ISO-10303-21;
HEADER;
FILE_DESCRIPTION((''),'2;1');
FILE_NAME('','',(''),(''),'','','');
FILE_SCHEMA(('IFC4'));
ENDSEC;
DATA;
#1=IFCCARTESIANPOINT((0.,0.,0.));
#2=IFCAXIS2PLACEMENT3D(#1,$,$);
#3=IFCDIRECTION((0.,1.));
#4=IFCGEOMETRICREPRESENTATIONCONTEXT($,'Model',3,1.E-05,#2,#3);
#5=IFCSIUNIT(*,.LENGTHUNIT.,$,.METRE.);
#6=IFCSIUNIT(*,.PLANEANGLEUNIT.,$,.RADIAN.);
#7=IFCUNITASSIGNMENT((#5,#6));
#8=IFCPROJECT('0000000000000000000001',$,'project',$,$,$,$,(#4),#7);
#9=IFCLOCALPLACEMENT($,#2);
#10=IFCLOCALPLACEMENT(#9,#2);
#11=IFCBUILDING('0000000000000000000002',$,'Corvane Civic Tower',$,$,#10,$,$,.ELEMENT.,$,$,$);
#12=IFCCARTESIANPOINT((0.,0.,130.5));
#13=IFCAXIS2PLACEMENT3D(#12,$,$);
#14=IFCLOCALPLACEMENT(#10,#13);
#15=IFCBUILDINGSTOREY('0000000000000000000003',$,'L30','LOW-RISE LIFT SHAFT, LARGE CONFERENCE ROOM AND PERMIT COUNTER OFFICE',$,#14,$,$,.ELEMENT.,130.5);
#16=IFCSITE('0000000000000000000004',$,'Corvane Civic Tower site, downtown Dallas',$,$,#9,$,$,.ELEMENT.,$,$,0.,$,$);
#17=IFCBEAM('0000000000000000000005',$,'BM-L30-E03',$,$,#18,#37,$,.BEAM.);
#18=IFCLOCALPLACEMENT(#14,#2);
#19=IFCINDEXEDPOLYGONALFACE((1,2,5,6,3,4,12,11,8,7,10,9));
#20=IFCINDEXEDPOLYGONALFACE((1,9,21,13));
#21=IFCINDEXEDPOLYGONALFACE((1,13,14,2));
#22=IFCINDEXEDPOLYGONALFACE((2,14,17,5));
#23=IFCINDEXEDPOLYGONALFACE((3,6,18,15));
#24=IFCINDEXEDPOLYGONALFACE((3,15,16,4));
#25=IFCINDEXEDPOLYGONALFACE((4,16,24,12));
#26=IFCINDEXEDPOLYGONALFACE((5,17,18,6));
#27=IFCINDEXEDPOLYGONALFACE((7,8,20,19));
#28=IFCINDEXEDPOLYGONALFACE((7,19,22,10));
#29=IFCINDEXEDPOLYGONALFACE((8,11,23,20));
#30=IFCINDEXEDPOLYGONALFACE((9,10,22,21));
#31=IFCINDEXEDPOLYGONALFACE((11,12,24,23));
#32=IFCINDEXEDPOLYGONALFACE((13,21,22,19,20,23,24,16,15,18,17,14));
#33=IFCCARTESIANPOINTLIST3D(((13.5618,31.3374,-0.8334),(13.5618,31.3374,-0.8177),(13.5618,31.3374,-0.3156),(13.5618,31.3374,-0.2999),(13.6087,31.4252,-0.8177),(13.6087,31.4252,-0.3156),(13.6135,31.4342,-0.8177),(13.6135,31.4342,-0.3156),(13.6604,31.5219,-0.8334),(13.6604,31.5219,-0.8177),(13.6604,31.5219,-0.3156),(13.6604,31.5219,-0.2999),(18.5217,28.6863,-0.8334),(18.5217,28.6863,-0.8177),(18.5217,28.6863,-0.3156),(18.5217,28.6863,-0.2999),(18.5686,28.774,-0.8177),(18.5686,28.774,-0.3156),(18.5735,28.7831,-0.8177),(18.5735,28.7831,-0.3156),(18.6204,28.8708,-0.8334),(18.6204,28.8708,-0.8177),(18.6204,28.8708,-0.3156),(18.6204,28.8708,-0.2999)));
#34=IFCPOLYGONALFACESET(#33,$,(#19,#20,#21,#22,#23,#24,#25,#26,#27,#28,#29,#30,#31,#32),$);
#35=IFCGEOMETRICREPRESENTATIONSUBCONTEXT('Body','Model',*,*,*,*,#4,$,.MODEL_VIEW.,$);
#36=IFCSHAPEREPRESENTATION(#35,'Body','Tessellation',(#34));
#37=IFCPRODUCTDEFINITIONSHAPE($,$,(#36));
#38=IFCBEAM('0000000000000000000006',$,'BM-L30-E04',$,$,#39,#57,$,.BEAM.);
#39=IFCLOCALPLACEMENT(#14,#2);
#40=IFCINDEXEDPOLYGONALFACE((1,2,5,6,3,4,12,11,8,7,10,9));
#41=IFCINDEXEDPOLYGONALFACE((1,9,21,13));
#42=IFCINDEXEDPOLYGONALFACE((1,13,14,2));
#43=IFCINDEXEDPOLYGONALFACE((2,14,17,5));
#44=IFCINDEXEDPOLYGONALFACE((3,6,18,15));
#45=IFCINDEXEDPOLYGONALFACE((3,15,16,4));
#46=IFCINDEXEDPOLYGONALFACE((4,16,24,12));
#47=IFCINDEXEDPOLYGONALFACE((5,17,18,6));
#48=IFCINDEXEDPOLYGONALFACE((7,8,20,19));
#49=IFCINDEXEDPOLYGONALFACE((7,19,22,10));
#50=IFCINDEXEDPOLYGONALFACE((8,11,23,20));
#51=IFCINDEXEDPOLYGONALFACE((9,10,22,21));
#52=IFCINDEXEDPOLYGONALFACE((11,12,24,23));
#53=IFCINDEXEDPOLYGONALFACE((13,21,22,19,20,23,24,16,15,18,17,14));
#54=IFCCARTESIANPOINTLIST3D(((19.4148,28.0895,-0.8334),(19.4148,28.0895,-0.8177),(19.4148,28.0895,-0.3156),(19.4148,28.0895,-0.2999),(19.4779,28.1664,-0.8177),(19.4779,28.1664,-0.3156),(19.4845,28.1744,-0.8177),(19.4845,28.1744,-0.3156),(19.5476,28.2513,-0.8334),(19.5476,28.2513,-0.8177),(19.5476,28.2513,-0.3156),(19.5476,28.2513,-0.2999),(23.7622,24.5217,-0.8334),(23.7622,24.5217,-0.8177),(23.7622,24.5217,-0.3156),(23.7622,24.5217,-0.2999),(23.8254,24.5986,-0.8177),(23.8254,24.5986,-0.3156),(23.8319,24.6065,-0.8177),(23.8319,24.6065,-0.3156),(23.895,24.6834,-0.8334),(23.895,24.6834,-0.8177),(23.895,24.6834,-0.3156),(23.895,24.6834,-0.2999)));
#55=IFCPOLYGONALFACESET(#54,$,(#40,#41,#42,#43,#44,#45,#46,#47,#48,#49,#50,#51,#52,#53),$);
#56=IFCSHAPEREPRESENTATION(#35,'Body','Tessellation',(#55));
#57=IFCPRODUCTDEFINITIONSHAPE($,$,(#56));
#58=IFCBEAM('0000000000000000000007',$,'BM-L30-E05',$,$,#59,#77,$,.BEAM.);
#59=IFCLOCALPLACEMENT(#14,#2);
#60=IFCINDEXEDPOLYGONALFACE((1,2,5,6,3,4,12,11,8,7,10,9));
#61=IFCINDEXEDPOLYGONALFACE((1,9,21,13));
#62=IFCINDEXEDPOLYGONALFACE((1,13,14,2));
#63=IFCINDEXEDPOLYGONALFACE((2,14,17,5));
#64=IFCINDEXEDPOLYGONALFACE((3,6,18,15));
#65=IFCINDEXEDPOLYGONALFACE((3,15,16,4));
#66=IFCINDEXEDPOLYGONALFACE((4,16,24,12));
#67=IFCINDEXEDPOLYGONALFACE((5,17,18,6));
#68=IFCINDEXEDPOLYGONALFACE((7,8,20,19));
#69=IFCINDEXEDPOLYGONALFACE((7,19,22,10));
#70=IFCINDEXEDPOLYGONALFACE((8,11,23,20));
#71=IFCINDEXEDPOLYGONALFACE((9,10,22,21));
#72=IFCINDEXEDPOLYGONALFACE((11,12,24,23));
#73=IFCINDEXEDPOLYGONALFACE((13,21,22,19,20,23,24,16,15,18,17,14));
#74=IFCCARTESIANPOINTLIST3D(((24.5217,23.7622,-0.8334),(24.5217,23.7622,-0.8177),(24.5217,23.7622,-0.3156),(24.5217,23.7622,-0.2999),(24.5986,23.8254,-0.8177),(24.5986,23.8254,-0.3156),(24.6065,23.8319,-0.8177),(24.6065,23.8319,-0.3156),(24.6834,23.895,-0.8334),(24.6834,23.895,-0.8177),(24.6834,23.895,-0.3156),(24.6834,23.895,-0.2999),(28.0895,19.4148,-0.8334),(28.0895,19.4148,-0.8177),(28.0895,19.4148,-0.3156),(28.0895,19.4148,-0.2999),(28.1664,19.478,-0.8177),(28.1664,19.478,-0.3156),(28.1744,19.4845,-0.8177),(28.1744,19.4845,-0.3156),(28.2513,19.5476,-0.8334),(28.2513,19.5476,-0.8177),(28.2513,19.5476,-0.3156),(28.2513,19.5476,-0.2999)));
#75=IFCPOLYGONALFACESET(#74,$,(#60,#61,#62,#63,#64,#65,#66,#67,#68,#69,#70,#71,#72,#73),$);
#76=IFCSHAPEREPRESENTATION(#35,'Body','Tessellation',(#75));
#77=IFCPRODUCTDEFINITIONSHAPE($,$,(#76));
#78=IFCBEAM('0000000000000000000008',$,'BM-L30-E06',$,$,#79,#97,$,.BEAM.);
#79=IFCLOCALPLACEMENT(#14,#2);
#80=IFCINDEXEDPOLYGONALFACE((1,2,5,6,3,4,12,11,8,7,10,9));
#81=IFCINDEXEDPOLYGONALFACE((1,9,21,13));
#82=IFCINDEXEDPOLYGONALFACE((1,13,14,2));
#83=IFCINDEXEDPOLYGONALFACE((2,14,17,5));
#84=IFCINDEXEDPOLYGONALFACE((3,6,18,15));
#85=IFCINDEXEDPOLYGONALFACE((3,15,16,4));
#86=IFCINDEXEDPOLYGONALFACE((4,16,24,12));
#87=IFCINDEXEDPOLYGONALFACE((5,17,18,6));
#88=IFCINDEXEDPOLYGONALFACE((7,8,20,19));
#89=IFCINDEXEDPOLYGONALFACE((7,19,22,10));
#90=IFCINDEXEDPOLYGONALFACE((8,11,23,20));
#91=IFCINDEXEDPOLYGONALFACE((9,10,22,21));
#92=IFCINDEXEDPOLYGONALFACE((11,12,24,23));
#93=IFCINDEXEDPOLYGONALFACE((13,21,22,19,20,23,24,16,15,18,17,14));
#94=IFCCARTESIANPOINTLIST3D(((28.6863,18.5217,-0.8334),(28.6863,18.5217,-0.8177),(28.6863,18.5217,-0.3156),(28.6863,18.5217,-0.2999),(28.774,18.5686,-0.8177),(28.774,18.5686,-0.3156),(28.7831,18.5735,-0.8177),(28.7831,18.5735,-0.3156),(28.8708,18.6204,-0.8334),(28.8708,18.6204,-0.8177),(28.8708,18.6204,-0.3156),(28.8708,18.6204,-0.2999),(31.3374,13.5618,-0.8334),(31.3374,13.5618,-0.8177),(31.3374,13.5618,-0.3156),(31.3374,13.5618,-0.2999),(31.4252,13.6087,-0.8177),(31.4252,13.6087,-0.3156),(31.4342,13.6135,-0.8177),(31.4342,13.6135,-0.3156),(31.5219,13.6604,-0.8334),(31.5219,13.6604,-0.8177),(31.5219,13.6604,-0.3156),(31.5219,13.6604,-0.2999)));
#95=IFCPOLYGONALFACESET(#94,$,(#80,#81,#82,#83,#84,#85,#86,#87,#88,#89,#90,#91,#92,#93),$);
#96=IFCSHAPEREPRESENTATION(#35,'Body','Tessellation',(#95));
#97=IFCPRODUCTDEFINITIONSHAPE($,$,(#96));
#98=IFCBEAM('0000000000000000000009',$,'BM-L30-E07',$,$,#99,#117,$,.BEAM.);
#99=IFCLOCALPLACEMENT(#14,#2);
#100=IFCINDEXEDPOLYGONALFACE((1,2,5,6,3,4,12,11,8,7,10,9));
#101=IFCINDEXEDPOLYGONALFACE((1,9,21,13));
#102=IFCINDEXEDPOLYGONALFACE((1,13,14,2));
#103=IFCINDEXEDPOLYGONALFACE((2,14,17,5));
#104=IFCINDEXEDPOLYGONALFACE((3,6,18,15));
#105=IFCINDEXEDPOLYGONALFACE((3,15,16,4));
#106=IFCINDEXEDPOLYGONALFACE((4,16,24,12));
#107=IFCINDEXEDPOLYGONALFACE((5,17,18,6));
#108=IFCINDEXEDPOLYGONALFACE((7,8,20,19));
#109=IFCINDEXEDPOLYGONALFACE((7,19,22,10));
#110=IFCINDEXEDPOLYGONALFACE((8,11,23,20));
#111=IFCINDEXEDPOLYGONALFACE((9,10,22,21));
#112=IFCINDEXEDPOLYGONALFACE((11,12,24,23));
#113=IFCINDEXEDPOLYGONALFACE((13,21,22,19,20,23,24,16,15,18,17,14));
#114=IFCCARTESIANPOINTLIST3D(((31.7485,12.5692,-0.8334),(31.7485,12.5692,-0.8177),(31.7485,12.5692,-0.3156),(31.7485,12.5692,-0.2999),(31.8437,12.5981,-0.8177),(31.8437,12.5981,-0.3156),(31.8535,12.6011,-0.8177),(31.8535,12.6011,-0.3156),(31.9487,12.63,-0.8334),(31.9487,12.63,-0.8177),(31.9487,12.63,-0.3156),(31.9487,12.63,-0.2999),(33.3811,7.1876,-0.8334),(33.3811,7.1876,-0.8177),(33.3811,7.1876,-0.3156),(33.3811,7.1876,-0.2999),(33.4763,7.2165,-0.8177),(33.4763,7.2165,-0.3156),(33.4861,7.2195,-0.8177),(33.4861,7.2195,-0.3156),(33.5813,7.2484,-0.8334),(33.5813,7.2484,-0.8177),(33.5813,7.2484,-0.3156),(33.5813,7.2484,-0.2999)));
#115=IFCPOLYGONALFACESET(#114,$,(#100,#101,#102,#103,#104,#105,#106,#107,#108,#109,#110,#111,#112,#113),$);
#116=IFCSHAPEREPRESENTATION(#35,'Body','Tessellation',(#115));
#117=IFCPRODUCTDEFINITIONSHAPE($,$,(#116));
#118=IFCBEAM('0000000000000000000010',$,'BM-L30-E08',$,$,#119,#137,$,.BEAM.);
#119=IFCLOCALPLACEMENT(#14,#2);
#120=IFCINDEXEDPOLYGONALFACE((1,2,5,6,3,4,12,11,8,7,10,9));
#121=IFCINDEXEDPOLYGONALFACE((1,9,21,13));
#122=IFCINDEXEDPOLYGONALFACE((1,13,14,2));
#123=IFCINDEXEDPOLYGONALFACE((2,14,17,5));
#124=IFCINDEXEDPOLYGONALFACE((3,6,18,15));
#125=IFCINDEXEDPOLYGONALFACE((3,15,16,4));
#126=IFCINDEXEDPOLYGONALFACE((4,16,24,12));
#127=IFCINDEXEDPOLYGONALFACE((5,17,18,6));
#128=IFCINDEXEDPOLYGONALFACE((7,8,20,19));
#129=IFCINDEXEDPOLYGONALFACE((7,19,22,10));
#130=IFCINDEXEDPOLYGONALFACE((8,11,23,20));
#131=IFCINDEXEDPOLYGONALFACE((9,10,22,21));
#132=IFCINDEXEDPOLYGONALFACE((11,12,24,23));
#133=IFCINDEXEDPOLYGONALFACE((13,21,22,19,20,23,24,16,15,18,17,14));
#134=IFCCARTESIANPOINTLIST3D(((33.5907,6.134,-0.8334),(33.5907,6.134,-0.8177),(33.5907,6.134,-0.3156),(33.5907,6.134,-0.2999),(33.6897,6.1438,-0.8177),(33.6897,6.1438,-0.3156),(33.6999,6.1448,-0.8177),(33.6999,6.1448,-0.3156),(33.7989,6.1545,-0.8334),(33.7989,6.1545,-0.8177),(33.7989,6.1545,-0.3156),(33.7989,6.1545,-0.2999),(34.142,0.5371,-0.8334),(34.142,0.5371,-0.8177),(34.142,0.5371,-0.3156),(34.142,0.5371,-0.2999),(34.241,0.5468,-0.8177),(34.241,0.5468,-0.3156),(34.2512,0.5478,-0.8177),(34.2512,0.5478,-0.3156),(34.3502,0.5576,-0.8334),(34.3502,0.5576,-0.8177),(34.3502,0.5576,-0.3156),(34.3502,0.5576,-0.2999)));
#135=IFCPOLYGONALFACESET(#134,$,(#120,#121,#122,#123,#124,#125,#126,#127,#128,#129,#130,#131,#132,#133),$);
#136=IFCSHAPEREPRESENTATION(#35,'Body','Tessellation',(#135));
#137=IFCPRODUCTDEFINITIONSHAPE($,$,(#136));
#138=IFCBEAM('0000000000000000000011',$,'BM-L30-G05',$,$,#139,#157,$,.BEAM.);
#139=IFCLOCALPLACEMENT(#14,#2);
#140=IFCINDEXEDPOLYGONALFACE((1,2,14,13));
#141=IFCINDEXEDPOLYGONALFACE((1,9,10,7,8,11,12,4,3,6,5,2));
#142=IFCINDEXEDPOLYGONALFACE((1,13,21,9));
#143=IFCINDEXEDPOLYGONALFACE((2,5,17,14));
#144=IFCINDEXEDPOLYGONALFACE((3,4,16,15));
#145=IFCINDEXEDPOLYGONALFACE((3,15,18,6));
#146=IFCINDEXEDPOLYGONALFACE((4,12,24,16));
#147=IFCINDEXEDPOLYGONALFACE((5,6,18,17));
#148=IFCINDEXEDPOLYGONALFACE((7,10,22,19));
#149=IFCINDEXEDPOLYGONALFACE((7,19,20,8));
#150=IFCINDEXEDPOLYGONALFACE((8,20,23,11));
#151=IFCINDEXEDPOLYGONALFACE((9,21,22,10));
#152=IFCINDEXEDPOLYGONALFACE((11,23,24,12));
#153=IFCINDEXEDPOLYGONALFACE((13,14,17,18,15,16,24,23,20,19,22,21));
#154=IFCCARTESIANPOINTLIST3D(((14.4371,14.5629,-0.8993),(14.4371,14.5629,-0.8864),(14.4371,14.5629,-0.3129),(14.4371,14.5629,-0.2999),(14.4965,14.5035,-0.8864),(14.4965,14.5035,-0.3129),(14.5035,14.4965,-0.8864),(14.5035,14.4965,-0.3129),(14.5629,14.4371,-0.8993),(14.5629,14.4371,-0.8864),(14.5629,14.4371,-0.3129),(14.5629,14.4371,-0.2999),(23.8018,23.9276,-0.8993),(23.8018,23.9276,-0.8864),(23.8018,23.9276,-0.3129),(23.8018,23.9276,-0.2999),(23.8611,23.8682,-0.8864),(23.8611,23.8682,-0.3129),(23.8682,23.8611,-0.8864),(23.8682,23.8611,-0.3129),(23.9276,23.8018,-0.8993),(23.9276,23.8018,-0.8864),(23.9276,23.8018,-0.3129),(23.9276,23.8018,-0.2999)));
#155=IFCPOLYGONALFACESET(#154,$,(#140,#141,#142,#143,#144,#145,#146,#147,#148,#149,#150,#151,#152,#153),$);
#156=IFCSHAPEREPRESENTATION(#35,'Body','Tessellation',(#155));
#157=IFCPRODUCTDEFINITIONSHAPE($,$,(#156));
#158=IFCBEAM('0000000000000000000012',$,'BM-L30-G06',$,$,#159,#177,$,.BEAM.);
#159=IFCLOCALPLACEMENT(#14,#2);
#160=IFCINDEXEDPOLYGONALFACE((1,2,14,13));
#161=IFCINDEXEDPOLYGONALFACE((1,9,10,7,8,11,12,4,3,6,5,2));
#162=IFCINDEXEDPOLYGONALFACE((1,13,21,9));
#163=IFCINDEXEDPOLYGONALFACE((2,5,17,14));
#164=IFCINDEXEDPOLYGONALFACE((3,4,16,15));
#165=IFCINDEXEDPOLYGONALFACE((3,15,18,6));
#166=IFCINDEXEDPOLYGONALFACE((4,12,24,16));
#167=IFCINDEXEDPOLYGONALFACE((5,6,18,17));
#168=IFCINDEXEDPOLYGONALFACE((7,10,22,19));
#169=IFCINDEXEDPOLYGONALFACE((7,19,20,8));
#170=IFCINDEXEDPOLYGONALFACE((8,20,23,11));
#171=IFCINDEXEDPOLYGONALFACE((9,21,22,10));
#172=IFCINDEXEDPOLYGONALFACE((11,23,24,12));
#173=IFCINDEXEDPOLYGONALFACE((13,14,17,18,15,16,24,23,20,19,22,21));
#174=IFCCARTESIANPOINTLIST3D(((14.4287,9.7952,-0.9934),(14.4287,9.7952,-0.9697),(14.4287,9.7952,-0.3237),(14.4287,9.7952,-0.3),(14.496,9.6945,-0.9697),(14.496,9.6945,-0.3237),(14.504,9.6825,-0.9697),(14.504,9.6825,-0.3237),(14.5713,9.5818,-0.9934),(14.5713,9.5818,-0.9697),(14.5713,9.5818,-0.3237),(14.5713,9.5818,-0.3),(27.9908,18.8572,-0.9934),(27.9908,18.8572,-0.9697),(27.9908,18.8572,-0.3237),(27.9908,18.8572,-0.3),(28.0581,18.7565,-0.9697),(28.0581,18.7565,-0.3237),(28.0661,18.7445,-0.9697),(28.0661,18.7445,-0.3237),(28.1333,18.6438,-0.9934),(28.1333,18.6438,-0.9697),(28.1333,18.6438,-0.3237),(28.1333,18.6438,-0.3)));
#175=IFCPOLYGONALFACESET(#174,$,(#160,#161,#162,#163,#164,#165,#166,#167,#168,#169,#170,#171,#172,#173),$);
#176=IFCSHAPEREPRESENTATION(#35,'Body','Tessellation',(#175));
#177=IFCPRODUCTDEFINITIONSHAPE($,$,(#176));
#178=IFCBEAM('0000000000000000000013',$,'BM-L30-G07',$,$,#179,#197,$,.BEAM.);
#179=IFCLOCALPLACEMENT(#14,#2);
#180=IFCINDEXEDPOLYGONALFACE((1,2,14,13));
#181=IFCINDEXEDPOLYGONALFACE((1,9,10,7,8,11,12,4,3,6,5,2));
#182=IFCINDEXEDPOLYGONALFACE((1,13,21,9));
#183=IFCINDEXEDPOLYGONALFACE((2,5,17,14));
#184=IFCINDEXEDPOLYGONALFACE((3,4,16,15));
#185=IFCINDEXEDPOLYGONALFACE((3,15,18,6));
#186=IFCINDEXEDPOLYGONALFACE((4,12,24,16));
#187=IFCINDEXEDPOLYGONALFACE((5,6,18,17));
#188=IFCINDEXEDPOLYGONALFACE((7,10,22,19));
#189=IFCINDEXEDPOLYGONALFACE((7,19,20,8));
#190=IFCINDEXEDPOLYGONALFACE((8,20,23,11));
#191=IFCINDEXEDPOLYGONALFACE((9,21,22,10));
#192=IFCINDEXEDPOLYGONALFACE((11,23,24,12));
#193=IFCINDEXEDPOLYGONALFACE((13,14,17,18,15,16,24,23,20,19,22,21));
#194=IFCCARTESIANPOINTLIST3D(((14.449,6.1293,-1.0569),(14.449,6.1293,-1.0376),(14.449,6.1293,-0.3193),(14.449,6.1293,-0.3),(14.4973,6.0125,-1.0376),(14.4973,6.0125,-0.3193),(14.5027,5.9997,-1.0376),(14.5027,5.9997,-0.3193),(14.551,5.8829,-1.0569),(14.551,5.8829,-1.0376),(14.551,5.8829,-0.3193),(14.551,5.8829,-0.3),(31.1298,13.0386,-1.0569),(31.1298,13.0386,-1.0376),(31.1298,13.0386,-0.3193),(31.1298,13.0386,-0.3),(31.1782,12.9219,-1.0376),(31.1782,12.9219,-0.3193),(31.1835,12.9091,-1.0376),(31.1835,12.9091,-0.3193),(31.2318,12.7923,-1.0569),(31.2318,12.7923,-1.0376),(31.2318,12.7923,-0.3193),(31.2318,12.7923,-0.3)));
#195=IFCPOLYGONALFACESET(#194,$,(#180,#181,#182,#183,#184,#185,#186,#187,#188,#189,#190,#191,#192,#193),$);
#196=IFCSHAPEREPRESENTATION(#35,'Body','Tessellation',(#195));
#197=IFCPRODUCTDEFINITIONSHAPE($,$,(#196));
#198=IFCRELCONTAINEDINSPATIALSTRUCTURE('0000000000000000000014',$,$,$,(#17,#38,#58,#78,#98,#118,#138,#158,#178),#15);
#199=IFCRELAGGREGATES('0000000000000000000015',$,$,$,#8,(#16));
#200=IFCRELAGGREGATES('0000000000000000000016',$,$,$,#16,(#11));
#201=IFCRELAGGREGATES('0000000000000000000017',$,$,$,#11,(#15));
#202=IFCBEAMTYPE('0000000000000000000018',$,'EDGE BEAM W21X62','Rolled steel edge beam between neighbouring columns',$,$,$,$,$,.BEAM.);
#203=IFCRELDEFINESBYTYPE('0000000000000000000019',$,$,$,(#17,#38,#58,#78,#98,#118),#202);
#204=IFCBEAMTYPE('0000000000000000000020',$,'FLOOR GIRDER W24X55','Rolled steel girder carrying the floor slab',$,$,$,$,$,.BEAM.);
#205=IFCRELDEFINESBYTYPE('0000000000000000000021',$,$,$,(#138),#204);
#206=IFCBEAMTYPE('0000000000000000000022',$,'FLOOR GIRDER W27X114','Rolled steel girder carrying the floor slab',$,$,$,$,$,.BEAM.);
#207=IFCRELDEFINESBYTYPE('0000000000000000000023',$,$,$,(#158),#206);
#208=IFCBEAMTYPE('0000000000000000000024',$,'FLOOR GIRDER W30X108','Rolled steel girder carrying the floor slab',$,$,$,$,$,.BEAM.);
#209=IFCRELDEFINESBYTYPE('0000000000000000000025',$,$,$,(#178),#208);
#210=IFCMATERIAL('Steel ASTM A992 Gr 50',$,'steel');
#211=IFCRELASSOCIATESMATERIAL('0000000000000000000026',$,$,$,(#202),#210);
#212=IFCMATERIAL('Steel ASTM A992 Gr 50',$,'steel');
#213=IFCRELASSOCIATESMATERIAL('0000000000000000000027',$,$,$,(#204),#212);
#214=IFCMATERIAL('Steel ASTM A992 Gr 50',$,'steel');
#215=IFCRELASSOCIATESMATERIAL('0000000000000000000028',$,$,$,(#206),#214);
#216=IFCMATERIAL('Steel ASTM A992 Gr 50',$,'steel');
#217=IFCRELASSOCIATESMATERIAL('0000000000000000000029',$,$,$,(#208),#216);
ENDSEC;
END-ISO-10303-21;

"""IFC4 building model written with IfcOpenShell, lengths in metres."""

from ifc_helpers import new_model, si_unit, direction, frame, origin, origin_2d, place, context, subcontext, project, spatial, i_section, extrude, material, material_profile, profile_set, type_object, element, save


model = new_model("IFC4")

# Units and contexts
model_context = context("Model", 3, precision=1e-05, world=origin(), true_north=direction((0.0, 1.0)))
body_context = subcontext(model_context, "Body", "Model", "MODEL_VIEW")
ifc_project = project(units=[si_unit("LENGTHUNIT", "METRE"), si_unit("PLANEANGLEUNIT", "RADIAN")], contexts=[model_context])

# Site, building, storey
site_placement = place(None, origin())
site = spatial("IfcSite", under=ifc_project, at=site_placement, Name="Corvane Civic Tower site, downtown Dallas", CompositionType="ELEMENT", RefElevation=0.0)
building_placement = place(site_placement, origin())
building = spatial("IfcBuilding", under=site, at=building_placement, Name="Corvane Civic Tower", CompositionType="ELEMENT")
storey_placement = place(building_placement, frame((0.0, 0.0, 130.5)))
storey = spatial("IfcBuildingStorey", under=building, at=storey_placement, Name="L30", Description="LOW-RISE LIFT SHAFT, LARGE CONFERENCE ROOM AND PERMIT COUNTER OFFICE", CompositionType="ELEMENT", Elevation=130.5)

# Beams
ifc_material_1 = material(Name="Steel ASTM A992 Gr 50", Category="steel")
ifc_material_profile_1 = material_profile(ifc_material_1, i_section(OverallWidth=0.2092, OverallDepth=0.5334, WebThickness=0.0103, FlangeThickness=0.0156, at=origin_2d()), Name="W21X62")
ifc_profile_set_1 = profile_set([ifc_material_profile_1], Name="Steel ASTM A992 Gr 50")
beam_type_1 = type_object("IfcBeamType", Name="EDGE BEAM W21X62", Description="Rolled steel edge beam between neighbouring columns", PredefinedType="BEAM", material=ifc_profile_set_1)
for number, where, z_axis, x_axis, name in (
    (1, (13.6111, 31.4297, -0.5667), (0.881924, -0.471392, 0.0), (0.471392, 0.881924, 0.0), "BM-L30-E03"),
    (2, (19.4812, 28.1704, -0.5667), (0.773007, -0.634398, 0.0), (0.634398, 0.773007, 0.0), "BM-L30-E04"),
    (3, (24.6025, 23.8286, -0.5667), (0.634398, -0.773007, 0.0), (0.773007, 0.634398, 0.0), "BM-L30-E05"),
    (4, (28.7786, 18.571, -0.5667), (0.471392, -0.881924, 0.0), (0.881924, 0.471392, 0.0), "BM-L30-E06"),
):
    element("IfcBeam", number, at=place(storey_placement, frame(where, z_axis=z_axis, x_axis=x_axis)), inside=storey, type_object=beam_type_1, Name=name, PredefinedType="BEAM", context=body_context, shape_type="SweptSolid", body=[
        extrude(i_section(OverallWidth=0.2092, OverallDepth=0.5334, WebThickness=0.0103, FlangeThickness=0.0156, at=origin_2d()), origin(), (0.0, 0.0, 1.0), 5.624),
    ])
beam_1_placement = place(storey_placement, frame((31.8486, 12.5996, -0.5667), z_axis=(0.290298, -0.956936, 0.0), x_axis=(0.956936, 0.290298, 0.0)))
element("IfcBeam", 5, at=beam_1_placement, inside=storey, type_object=beam_type_1, Name="BM-L30-E07", PredefinedType="BEAM", context=body_context, shape_type="SweptSolid", body=[
    extrude(i_section(OverallWidth=0.2092, OverallDepth=0.5334, WebThickness=0.0103, FlangeThickness=0.0156, at=origin_2d()), origin(), (0.0, 0.0, 1.0), 5.6238),
])
beam_2_placement = place(storey_placement, frame((33.6948, 6.1443, -0.5667), z_axis=(0.098021, -0.995184, 0.0), x_axis=(0.995184, 0.098021, 0.0)))
element("IfcBeam", 6, at=beam_2_placement, inside=storey, type_object=beam_type_1, Name="BM-L30-E08", PredefinedType="BEAM", context=body_context, shape_type="SweptSolid", body=[
    extrude(i_section(OverallWidth=0.2092, OverallDepth=0.5334, WebThickness=0.0103, FlangeThickness=0.0156, at=origin_2d()), origin(), (0.0, 0.0, 1.0), 5.624),
])
ifc_material_2 = material(Name="Steel ASTM A992 Gr 50", Category="steel")
ifc_material_profile_2 = material_profile(ifc_material_2, i_section(OverallWidth=0.178, OverallDepth=0.5994, WebThickness=0.01, FlangeThickness=0.0129, at=origin_2d()), Name="W24X55")
ifc_profile_set_2 = profile_set([ifc_material_profile_2], Name="Steel ASTM A992 Gr 50")
beam_type_2 = type_object("IfcBeamType", Name="FLOOR GIRDER W24X55", Description="Rolled steel girder carrying the floor slab", PredefinedType="BEAM", material=ifc_profile_set_2)
beam_3_placement = place(storey_placement, frame((14.5, 14.5, -0.5996), z_axis=(0.707107, 0.707107, 0.0), x_axis=(-0.707107, 0.707107, 0.0)))
element("IfcBeam", 7, at=beam_3_placement, inside=storey, type_object=beam_type_2, Name="BM-L30-G05", PredefinedType="BEAM", context=body_context, shape_type="SweptSolid", body=[
    extrude(i_section(OverallWidth=0.178, OverallDepth=0.5994, WebThickness=0.01, FlangeThickness=0.0129, at=origin_2d()), origin(), (0.0, 0.0, 1.0), 13.2437),
])
ifc_material_3 = material(Name="Steel ASTM A992 Gr 50", Category="steel")
ifc_material_profile_3 = material_profile(ifc_material_3, i_section(OverallWidth=0.2566, OverallDepth=0.6934, WebThickness=0.0144, FlangeThickness=0.0237, at=origin_2d()), Name="W27X114")
ifc_profile_set_3 = profile_set([ifc_material_profile_3], Name="Steel ASTM A992 Gr 50")
beam_type_3 = type_object("IfcBeamType", Name="FLOOR GIRDER W27X114", Description="Rolled steel girder carrying the floor slab", PredefinedType="BEAM", material=ifc_profile_set_3)
beam_4_placement = place(storey_placement, frame((14.5, 9.6885, -0.6467), z_axis=(0.831465, 0.555577, 0.0), x_axis=(-0.555577, 0.831465, 0.0)))
element("IfcBeam", 8, at=beam_4_placement, inside=storey, type_object=beam_type_3, Name="BM-L30-G06", PredefinedType="BEAM", context=body_context, shape_type="SweptSolid", body=[
    extrude(i_section(OverallWidth=0.2566, OverallDepth=0.6934, WebThickness=0.0144, FlangeThickness=0.0237, at=origin_2d()), origin(), (0.0, 0.0, 1.0), 16.311),
])
ifc_material_4 = material(Name="Steel ASTM A992 Gr 50", Category="steel")
ifc_material_profile_4 = material_profile(ifc_material_4, i_section(OverallWidth=0.2666, OverallDepth=0.7568, WebThickness=0.0139, FlangeThickness=0.0193, at=origin_2d()), Name="W30X108")
ifc_profile_set_4 = profile_set([ifc_material_profile_4], Name="Steel ASTM A992 Gr 50")
beam_type_4 = type_object("IfcBeamType", Name="FLOOR GIRDER W30X108", Description="Rolled steel girder carrying the floor slab", PredefinedType="BEAM", material=ifc_profile_set_4)
beam_5_placement = place(storey_placement, frame((14.5, 6.0061, -0.6785), z_axis=(0.92388, 0.382682, 0.0), x_axis=(-0.382682, 0.92388, 0.0)))
element("IfcBeam", 9, at=beam_5_placement, inside=storey, type_object=beam_type_4, Name="BM-L30-G07", PredefinedType="BEAM", context=body_context, shape_type="SweptSolid", body=[
    extrude(i_section(OverallWidth=0.2666, OverallDepth=0.7568, WebThickness=0.0139, FlangeThickness=0.0193, at=origin_2d()), origin(), (0.0, 0.0, 1.0), 18.0552),
])

save(model, "model.ifc")
